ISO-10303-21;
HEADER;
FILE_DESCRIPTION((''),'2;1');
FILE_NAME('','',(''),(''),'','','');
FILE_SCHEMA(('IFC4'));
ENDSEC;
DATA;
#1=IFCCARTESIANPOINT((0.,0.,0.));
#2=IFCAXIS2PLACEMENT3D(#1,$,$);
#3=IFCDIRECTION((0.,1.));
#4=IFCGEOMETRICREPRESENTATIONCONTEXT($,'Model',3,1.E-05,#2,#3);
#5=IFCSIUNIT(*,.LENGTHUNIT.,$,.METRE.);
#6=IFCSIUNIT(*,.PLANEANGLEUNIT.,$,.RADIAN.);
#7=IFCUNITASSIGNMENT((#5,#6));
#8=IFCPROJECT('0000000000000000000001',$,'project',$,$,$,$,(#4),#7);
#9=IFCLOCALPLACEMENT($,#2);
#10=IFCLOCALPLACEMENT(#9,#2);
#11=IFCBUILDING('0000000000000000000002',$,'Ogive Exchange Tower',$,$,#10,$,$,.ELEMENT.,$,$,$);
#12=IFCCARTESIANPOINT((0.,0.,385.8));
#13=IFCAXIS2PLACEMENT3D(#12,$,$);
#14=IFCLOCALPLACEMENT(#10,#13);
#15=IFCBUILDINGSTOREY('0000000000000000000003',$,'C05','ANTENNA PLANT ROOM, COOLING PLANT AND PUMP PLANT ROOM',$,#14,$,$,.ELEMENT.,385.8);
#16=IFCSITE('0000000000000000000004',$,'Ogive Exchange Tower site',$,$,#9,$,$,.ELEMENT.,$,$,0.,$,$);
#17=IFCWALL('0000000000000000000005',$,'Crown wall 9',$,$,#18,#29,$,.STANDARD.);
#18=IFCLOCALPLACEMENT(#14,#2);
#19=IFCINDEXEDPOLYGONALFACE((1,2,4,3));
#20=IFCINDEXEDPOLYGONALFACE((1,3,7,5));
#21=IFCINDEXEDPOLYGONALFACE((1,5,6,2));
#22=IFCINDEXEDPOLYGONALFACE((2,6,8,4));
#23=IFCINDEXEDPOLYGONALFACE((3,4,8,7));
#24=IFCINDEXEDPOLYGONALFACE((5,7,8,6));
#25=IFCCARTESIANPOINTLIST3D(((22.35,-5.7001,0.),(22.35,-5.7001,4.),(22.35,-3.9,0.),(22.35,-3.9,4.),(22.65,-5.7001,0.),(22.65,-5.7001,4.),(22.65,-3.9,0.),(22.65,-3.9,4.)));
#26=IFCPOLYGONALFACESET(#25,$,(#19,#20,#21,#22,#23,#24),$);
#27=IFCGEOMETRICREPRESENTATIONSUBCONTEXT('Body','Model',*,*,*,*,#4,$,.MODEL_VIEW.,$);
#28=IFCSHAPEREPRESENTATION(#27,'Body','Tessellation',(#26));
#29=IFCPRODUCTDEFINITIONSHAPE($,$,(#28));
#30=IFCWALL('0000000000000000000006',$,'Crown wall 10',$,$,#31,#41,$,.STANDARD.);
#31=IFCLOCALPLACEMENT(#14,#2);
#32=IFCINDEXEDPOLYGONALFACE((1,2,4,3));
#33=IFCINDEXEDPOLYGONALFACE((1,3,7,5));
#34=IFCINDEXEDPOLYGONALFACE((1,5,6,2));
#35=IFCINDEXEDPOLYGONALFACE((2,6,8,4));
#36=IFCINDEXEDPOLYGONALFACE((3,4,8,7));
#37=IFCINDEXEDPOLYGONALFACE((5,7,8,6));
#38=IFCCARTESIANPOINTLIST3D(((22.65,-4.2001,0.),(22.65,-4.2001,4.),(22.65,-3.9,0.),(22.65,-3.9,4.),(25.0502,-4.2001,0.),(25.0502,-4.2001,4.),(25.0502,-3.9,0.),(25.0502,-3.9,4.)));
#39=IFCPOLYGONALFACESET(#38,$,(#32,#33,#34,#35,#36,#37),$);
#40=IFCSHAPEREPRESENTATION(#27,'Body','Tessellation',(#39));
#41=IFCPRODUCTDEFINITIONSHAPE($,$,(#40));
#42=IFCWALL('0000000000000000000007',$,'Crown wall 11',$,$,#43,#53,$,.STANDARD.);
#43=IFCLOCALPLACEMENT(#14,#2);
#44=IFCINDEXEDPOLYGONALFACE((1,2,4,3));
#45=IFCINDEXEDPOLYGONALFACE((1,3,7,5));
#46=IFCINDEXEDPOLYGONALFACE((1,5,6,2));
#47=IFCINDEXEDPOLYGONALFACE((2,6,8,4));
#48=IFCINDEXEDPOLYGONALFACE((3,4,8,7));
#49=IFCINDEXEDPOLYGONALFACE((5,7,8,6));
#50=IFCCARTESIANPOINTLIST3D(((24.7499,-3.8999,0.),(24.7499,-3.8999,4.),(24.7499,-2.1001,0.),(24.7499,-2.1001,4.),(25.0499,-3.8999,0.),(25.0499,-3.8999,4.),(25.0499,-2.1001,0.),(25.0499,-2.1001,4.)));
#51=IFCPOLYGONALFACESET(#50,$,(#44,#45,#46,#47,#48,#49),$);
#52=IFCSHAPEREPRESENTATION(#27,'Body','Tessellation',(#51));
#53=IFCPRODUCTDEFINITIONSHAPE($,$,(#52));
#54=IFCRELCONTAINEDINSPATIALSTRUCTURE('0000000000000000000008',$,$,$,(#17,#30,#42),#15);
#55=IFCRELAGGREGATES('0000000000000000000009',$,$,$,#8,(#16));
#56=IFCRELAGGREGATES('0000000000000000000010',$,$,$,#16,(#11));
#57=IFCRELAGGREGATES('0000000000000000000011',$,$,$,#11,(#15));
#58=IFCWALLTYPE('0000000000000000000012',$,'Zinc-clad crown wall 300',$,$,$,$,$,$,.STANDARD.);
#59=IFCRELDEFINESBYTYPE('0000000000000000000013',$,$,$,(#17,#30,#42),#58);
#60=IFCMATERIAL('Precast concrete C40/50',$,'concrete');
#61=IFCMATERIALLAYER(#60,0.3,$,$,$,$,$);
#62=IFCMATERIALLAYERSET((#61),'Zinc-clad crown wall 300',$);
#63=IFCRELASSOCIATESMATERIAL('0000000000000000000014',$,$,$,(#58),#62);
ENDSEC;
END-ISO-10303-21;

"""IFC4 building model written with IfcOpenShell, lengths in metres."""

from ifc_helpers import new_model, si_unit, direction, frame, frame_2d, origin, place, context, subcontext, project, spatial, rectangle, extrude, material, layer, layer_set, type_object, element, save


model = new_model("IFC4")

# Units and contexts
model_context = context("Model", 3, precision=1e-05, world=origin(), true_north=direction((0.0, 1.0)))
body_context = subcontext(model_context, "Body", "Model", "MODEL_VIEW")
ifc_project = project(units=[si_unit("LENGTHUNIT", "METRE"), si_unit("PLANEANGLEUNIT", "RADIAN")], contexts=[model_context])

# Site, building, storey
site_placement = place(None, origin())
site = spatial("IfcSite", under=ifc_project, at=site_placement, Name="Ogive Exchange Tower site", CompositionType="ELEMENT", RefElevation=0.0)
building_placement = place(site_placement, origin())
building = spatial("IfcBuilding", under=site, at=building_placement, Name="Ogive Exchange Tower", CompositionType="ELEMENT")
storey_placement = place(building_placement, frame((0.0, 0.0, 385.8)))
storey = spatial("IfcBuildingStorey", under=building, at=storey_placement, Name="C05", Description="ANTENNA PLANT ROOM, COOLING PLANT AND PUMP PLANT ROOM", CompositionType="ELEMENT", Elevation=385.8)

# Walls
ifc_material_1 = material(Name="Precast concrete C40/50", Category="concrete")
ifc_layer_1 = layer(ifc_material_1, 0.3)
ifc_layer_set_1 = layer_set([ifc_layer_1], Name="Zinc-clad crown wall 300")
wall_type_1 = type_object("IfcWallType", Name="Zinc-clad crown wall 300", PredefinedType="STANDARD", material=ifc_layer_set_1)
wall_1_placement = place(storey_placement, frame((22.5, -5.7, 0.0), z_axis=(0.0, 0.0, 1.0), x_axis=(0.0, 1.0, 0.0)))
element("IfcWall", 1, at=wall_1_placement, inside=storey, type_object=wall_type_1, Name="Crown wall 9", PredefinedType="STANDARD", context=body_context, shape_type="SweptSolid", body=[
    extrude(rectangle(XDim=1.8, YDim=0.3, at=frame_2d((0.8999, 0.0))), origin(), (0.0, 0.0, 1.0), 4.0),
])
wall_2_placement = place(storey_placement, frame((22.6499, -4.05, 0.0), z_axis=(0.0, 0.0, 1.0), x_axis=(1.0, 0.0, 0.0)))
element("IfcWall", 2, at=wall_2_placement, inside=storey, type_object=wall_type_1, Name="Crown wall 10", PredefinedType="STANDARD", context=body_context, shape_type="SweptSolid", body=[
    extrude(rectangle(XDim=2.4001, YDim=0.3, at=frame_2d((1.2002, 0.0))), origin(), (0.0, 0.0, 1.0), 4.0),
])
wall_3_placement = place(storey_placement, frame((24.8999, -3.8999, 0.0), z_axis=(0.0, 0.0, 1.0), x_axis=(0.0, 1.0, 0.0)))
element("IfcWall", 3, at=wall_3_placement, inside=storey, type_object=wall_type_1, Name="Crown wall 11", PredefinedType="STANDARD", context=body_context, shape_type="SweptSolid", body=[
    extrude(rectangle(XDim=1.7998, YDim=0.3, at=frame_2d((0.8999, 0.0))), origin(), (0.0, 0.0, 1.0), 4.0),
])

save(model, "model.ifc")
